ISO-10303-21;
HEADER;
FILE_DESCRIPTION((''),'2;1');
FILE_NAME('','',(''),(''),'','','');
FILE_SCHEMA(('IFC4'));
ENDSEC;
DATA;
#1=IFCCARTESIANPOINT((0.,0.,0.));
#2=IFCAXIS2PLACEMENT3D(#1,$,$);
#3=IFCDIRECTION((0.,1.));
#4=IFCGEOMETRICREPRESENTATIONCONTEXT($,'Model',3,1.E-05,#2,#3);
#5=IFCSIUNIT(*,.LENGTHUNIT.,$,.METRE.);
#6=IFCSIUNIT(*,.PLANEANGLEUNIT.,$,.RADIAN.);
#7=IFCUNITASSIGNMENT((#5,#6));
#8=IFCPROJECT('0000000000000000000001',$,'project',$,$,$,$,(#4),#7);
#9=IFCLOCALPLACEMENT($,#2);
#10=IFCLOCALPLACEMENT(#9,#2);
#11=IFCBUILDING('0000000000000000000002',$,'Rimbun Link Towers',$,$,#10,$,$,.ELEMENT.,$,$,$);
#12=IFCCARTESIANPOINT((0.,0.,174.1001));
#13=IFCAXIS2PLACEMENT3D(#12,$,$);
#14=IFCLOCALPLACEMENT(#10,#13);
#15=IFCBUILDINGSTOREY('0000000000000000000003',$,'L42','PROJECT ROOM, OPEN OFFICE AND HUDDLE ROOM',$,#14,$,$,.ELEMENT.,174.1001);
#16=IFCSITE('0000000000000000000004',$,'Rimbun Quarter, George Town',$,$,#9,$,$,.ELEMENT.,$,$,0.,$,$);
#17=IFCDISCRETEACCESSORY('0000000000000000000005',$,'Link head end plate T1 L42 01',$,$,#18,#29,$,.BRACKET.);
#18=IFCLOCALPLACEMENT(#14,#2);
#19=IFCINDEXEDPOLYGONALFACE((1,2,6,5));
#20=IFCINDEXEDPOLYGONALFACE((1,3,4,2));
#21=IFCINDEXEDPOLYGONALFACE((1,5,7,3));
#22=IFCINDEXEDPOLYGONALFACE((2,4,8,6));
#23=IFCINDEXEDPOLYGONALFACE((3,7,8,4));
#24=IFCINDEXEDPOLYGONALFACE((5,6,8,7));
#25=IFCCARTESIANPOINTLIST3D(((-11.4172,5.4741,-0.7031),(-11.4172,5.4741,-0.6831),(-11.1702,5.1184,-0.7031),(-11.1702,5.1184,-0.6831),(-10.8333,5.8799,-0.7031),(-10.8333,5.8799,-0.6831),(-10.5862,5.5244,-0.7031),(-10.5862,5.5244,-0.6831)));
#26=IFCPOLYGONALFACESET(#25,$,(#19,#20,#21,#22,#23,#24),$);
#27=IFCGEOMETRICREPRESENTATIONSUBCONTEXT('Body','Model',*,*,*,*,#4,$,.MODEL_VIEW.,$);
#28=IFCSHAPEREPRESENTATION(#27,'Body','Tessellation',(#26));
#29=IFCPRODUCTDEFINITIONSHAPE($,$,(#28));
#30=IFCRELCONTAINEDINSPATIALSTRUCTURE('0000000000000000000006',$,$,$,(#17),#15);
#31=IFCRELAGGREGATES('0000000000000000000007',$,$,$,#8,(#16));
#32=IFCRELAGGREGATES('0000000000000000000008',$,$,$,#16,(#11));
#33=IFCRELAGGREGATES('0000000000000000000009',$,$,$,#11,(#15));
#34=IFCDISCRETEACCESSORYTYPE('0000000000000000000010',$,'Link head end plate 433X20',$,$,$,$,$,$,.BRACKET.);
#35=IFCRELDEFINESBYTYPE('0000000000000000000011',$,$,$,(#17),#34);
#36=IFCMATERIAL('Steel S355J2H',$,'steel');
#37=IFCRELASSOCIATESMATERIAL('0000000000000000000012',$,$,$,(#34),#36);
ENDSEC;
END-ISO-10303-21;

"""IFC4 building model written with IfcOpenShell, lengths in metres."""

from ifc_helpers import new_model, si_unit, direction, frame, origin, origin_2d, place, context, subcontext, project, spatial, polyline, rectangle, outline, extrude, material, material_profile, profile_set, type_object, element, save


model = new_model("IFC4")

# Units and contexts
model_context = context("Model", 3, precision=1e-05, world=origin(), true_north=direction((0.0, 1.0)))
body_context = subcontext(model_context, "Body", "Model", "MODEL_VIEW")
ifc_project = project(units=[si_unit("LENGTHUNIT", "METRE"), si_unit("PLANEANGLEUNIT", "RADIAN")], contexts=[model_context])

# Site, building, storey
site_placement = place(None, origin())
site = spatial("IfcSite", under=ifc_project, at=site_placement, Name="Rimbun Quarter, George Town", CompositionType="ELEMENT", RefElevation=0.0)
building_placement = place(site_placement, origin())
building = spatial("IfcBuilding", under=site, at=building_placement, Name="Rimbun Link Towers", CompositionType="ELEMENT")
storey_placement = place(building_placement, frame((0.0, 0.0, 174.1001)))
storey = spatial("IfcBuildingStorey", under=building, at=storey_placement, Name="L42", Description="PROJECT ROOM, OPEN OFFICE AND HUDDLE ROOM", CompositionType="ELEMENT", Elevation=174.1001)

# Discrete accessory
ifc_material_1 = material(Name="Steel S355J2H", Category="steel")
ifc_material_profile_1 = material_profile(ifc_material_1, rectangle(XDim=0.4331, YDim=0.4331, at=origin_2d()), Name="PL 433x433")
ifc_profile_set_1 = profile_set([ifc_material_profile_1], Name="Steel S355J2H")
discrete_accessory_type_1 = type_object("IfcDiscreteAccessoryType", Name="Link head end plate 433X20", PredefinedType="BRACKET", material=ifc_profile_set_1)
discrete_accessory_1_placement = place(storey_placement, frame((0.0, 0.0, -0.7031)))
element("IfcDiscreteAccessory", 1, at=discrete_accessory_1_placement, inside=storey, type_object=discrete_accessory_type_1, Name="Link head end plate T1 L42 01", PredefinedType="BRACKET", context=body_context, shape_type="SweptSolid", body=[
    extrude(outline(polyline([(-11.1702, 5.1184), (-10.5862, 5.5244), (-10.8333, 5.8799), (-11.4172, 5.4741), (-11.1702, 5.1184)])), origin(), (0.0, 0.0, 1.0), 0.02),
])

save(model, "model.ifc")
